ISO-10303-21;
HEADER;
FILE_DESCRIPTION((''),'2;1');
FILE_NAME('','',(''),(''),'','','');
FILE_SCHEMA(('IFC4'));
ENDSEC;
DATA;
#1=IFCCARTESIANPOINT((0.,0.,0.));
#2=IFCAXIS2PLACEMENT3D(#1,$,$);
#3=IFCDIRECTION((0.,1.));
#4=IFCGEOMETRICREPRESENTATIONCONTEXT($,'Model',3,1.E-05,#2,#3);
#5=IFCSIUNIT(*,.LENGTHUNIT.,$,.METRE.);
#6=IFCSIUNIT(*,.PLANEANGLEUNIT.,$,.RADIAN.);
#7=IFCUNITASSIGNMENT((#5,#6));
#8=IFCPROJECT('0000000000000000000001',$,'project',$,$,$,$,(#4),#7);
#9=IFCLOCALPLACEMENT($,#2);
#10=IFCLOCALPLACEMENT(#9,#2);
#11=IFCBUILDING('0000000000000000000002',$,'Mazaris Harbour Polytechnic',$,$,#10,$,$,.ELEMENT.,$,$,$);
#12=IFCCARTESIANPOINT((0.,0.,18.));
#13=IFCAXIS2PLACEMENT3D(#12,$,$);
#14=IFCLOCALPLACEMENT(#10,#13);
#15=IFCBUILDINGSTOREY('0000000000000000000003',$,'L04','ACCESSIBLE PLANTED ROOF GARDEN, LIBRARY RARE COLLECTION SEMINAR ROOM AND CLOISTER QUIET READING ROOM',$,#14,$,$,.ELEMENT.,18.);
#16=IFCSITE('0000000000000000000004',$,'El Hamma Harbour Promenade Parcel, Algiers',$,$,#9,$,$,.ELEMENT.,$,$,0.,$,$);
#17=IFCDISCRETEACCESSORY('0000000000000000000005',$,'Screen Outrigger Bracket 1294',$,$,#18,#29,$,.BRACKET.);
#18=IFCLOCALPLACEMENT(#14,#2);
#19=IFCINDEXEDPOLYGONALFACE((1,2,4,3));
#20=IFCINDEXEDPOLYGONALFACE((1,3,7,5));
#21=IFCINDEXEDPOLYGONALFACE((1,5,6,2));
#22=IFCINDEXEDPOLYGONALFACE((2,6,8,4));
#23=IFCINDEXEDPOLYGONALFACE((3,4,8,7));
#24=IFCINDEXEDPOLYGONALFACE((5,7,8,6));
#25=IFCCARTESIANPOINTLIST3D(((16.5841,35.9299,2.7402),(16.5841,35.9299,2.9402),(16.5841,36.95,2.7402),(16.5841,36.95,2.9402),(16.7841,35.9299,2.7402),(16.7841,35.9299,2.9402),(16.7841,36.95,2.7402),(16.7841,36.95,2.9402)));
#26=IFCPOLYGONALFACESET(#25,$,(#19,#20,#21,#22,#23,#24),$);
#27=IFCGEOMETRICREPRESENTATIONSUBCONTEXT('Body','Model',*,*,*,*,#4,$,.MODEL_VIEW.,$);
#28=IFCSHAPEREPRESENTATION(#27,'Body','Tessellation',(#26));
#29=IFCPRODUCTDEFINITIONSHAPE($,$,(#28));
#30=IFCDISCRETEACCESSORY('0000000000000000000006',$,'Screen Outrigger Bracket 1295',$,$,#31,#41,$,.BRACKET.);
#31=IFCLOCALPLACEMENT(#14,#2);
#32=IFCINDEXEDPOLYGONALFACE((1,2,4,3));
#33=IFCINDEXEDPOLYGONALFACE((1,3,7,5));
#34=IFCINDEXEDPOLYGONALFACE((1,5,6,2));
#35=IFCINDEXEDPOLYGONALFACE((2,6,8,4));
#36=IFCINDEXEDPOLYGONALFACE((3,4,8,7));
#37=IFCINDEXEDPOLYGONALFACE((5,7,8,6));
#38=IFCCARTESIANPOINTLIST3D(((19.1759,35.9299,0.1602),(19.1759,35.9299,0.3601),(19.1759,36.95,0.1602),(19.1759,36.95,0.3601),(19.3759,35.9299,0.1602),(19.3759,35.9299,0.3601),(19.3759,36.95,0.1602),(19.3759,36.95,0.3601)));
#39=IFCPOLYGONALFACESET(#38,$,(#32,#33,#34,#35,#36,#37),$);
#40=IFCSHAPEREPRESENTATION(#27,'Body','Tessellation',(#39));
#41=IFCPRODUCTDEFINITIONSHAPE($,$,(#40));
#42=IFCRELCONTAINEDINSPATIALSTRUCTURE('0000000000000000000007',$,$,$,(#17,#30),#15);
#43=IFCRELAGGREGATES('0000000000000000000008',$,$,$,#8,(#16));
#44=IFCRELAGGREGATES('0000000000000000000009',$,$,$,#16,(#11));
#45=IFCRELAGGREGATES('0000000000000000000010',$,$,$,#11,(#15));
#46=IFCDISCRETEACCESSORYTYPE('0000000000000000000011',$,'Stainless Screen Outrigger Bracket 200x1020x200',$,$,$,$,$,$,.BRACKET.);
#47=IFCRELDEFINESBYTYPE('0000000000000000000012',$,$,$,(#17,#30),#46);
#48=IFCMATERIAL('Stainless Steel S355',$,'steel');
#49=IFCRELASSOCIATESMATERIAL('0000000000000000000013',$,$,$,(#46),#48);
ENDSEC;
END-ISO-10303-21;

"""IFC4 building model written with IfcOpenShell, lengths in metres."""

from ifc_helpers import new_model, si_unit, direction, frame, origin, origin_2d, place, context, subcontext, project, spatial, rectangle, extrude, material, type_object, element, save


model = new_model("IFC4")

# Units and contexts
model_context = context("Model", 3, precision=1e-05, world=origin(), true_north=direction((0.0, 1.0)))
body_context = subcontext(model_context, "Body", "Model", "MODEL_VIEW")
ifc_project = project(units=[si_unit("LENGTHUNIT", "METRE"), si_unit("PLANEANGLEUNIT", "RADIAN")], contexts=[model_context])

# Site, building, storey
site_placement = place(None, origin())
site = spatial("IfcSite", under=ifc_project, at=site_placement, Name="El Hamma Harbour Promenade Parcel, Algiers", CompositionType="ELEMENT", RefElevation=0.0)
building_placement = place(site_placement, origin())
building = spatial("IfcBuilding", under=site, at=building_placement, Name="Mazaris Harbour Polytechnic", CompositionType="ELEMENT")
storey_placement = place(building_placement, frame((0.0, 0.0, 18.0)))
storey = spatial("IfcBuildingStorey", under=building, at=storey_placement, Name="L04", Description="ACCESSIBLE PLANTED ROOF GARDEN, LIBRARY RARE COLLECTION SEMINAR ROOM AND CLOISTER QUIET READING ROOM", CompositionType="ELEMENT", Elevation=18.0)

# Discrete accessories
ifc_material_1 = material(Name="Stainless Steel S355", Category="steel")
discrete_accessory_type = type_object("IfcDiscreteAccessoryType", Name="Stainless Screen Outrigger Bracket 200x1020x200", PredefinedType="BRACKET", material=ifc_material_1)
for number, where, z_axis, x_axis, name in (
    (1, (16.6841, 36.4399, 2.7402), (0.0, 0.0, 1.0), (1.0, 0.0, 0.0), "Screen Outrigger Bracket 1294"),
    (2, (19.2759, 36.4399, 0.1602), (0.0, 0.0, 1.0), (1.0, 0.0, 0.0), "Screen Outrigger Bracket 1295"),
):
    element("IfcDiscreteAccessory", number, at=place(storey_placement, frame(where, z_axis=z_axis, x_axis=x_axis)), inside=storey, type_object=discrete_accessory_type, Name=name, PredefinedType="BRACKET", context=body_context, shape_type="SweptSolid", body=[
        extrude(rectangle(XDim=0.2, YDim=1.02, at=origin_2d()), origin(), (0.0, 0.0, 1.0), 0.2),
    ])

save(model, "model.ifc")
